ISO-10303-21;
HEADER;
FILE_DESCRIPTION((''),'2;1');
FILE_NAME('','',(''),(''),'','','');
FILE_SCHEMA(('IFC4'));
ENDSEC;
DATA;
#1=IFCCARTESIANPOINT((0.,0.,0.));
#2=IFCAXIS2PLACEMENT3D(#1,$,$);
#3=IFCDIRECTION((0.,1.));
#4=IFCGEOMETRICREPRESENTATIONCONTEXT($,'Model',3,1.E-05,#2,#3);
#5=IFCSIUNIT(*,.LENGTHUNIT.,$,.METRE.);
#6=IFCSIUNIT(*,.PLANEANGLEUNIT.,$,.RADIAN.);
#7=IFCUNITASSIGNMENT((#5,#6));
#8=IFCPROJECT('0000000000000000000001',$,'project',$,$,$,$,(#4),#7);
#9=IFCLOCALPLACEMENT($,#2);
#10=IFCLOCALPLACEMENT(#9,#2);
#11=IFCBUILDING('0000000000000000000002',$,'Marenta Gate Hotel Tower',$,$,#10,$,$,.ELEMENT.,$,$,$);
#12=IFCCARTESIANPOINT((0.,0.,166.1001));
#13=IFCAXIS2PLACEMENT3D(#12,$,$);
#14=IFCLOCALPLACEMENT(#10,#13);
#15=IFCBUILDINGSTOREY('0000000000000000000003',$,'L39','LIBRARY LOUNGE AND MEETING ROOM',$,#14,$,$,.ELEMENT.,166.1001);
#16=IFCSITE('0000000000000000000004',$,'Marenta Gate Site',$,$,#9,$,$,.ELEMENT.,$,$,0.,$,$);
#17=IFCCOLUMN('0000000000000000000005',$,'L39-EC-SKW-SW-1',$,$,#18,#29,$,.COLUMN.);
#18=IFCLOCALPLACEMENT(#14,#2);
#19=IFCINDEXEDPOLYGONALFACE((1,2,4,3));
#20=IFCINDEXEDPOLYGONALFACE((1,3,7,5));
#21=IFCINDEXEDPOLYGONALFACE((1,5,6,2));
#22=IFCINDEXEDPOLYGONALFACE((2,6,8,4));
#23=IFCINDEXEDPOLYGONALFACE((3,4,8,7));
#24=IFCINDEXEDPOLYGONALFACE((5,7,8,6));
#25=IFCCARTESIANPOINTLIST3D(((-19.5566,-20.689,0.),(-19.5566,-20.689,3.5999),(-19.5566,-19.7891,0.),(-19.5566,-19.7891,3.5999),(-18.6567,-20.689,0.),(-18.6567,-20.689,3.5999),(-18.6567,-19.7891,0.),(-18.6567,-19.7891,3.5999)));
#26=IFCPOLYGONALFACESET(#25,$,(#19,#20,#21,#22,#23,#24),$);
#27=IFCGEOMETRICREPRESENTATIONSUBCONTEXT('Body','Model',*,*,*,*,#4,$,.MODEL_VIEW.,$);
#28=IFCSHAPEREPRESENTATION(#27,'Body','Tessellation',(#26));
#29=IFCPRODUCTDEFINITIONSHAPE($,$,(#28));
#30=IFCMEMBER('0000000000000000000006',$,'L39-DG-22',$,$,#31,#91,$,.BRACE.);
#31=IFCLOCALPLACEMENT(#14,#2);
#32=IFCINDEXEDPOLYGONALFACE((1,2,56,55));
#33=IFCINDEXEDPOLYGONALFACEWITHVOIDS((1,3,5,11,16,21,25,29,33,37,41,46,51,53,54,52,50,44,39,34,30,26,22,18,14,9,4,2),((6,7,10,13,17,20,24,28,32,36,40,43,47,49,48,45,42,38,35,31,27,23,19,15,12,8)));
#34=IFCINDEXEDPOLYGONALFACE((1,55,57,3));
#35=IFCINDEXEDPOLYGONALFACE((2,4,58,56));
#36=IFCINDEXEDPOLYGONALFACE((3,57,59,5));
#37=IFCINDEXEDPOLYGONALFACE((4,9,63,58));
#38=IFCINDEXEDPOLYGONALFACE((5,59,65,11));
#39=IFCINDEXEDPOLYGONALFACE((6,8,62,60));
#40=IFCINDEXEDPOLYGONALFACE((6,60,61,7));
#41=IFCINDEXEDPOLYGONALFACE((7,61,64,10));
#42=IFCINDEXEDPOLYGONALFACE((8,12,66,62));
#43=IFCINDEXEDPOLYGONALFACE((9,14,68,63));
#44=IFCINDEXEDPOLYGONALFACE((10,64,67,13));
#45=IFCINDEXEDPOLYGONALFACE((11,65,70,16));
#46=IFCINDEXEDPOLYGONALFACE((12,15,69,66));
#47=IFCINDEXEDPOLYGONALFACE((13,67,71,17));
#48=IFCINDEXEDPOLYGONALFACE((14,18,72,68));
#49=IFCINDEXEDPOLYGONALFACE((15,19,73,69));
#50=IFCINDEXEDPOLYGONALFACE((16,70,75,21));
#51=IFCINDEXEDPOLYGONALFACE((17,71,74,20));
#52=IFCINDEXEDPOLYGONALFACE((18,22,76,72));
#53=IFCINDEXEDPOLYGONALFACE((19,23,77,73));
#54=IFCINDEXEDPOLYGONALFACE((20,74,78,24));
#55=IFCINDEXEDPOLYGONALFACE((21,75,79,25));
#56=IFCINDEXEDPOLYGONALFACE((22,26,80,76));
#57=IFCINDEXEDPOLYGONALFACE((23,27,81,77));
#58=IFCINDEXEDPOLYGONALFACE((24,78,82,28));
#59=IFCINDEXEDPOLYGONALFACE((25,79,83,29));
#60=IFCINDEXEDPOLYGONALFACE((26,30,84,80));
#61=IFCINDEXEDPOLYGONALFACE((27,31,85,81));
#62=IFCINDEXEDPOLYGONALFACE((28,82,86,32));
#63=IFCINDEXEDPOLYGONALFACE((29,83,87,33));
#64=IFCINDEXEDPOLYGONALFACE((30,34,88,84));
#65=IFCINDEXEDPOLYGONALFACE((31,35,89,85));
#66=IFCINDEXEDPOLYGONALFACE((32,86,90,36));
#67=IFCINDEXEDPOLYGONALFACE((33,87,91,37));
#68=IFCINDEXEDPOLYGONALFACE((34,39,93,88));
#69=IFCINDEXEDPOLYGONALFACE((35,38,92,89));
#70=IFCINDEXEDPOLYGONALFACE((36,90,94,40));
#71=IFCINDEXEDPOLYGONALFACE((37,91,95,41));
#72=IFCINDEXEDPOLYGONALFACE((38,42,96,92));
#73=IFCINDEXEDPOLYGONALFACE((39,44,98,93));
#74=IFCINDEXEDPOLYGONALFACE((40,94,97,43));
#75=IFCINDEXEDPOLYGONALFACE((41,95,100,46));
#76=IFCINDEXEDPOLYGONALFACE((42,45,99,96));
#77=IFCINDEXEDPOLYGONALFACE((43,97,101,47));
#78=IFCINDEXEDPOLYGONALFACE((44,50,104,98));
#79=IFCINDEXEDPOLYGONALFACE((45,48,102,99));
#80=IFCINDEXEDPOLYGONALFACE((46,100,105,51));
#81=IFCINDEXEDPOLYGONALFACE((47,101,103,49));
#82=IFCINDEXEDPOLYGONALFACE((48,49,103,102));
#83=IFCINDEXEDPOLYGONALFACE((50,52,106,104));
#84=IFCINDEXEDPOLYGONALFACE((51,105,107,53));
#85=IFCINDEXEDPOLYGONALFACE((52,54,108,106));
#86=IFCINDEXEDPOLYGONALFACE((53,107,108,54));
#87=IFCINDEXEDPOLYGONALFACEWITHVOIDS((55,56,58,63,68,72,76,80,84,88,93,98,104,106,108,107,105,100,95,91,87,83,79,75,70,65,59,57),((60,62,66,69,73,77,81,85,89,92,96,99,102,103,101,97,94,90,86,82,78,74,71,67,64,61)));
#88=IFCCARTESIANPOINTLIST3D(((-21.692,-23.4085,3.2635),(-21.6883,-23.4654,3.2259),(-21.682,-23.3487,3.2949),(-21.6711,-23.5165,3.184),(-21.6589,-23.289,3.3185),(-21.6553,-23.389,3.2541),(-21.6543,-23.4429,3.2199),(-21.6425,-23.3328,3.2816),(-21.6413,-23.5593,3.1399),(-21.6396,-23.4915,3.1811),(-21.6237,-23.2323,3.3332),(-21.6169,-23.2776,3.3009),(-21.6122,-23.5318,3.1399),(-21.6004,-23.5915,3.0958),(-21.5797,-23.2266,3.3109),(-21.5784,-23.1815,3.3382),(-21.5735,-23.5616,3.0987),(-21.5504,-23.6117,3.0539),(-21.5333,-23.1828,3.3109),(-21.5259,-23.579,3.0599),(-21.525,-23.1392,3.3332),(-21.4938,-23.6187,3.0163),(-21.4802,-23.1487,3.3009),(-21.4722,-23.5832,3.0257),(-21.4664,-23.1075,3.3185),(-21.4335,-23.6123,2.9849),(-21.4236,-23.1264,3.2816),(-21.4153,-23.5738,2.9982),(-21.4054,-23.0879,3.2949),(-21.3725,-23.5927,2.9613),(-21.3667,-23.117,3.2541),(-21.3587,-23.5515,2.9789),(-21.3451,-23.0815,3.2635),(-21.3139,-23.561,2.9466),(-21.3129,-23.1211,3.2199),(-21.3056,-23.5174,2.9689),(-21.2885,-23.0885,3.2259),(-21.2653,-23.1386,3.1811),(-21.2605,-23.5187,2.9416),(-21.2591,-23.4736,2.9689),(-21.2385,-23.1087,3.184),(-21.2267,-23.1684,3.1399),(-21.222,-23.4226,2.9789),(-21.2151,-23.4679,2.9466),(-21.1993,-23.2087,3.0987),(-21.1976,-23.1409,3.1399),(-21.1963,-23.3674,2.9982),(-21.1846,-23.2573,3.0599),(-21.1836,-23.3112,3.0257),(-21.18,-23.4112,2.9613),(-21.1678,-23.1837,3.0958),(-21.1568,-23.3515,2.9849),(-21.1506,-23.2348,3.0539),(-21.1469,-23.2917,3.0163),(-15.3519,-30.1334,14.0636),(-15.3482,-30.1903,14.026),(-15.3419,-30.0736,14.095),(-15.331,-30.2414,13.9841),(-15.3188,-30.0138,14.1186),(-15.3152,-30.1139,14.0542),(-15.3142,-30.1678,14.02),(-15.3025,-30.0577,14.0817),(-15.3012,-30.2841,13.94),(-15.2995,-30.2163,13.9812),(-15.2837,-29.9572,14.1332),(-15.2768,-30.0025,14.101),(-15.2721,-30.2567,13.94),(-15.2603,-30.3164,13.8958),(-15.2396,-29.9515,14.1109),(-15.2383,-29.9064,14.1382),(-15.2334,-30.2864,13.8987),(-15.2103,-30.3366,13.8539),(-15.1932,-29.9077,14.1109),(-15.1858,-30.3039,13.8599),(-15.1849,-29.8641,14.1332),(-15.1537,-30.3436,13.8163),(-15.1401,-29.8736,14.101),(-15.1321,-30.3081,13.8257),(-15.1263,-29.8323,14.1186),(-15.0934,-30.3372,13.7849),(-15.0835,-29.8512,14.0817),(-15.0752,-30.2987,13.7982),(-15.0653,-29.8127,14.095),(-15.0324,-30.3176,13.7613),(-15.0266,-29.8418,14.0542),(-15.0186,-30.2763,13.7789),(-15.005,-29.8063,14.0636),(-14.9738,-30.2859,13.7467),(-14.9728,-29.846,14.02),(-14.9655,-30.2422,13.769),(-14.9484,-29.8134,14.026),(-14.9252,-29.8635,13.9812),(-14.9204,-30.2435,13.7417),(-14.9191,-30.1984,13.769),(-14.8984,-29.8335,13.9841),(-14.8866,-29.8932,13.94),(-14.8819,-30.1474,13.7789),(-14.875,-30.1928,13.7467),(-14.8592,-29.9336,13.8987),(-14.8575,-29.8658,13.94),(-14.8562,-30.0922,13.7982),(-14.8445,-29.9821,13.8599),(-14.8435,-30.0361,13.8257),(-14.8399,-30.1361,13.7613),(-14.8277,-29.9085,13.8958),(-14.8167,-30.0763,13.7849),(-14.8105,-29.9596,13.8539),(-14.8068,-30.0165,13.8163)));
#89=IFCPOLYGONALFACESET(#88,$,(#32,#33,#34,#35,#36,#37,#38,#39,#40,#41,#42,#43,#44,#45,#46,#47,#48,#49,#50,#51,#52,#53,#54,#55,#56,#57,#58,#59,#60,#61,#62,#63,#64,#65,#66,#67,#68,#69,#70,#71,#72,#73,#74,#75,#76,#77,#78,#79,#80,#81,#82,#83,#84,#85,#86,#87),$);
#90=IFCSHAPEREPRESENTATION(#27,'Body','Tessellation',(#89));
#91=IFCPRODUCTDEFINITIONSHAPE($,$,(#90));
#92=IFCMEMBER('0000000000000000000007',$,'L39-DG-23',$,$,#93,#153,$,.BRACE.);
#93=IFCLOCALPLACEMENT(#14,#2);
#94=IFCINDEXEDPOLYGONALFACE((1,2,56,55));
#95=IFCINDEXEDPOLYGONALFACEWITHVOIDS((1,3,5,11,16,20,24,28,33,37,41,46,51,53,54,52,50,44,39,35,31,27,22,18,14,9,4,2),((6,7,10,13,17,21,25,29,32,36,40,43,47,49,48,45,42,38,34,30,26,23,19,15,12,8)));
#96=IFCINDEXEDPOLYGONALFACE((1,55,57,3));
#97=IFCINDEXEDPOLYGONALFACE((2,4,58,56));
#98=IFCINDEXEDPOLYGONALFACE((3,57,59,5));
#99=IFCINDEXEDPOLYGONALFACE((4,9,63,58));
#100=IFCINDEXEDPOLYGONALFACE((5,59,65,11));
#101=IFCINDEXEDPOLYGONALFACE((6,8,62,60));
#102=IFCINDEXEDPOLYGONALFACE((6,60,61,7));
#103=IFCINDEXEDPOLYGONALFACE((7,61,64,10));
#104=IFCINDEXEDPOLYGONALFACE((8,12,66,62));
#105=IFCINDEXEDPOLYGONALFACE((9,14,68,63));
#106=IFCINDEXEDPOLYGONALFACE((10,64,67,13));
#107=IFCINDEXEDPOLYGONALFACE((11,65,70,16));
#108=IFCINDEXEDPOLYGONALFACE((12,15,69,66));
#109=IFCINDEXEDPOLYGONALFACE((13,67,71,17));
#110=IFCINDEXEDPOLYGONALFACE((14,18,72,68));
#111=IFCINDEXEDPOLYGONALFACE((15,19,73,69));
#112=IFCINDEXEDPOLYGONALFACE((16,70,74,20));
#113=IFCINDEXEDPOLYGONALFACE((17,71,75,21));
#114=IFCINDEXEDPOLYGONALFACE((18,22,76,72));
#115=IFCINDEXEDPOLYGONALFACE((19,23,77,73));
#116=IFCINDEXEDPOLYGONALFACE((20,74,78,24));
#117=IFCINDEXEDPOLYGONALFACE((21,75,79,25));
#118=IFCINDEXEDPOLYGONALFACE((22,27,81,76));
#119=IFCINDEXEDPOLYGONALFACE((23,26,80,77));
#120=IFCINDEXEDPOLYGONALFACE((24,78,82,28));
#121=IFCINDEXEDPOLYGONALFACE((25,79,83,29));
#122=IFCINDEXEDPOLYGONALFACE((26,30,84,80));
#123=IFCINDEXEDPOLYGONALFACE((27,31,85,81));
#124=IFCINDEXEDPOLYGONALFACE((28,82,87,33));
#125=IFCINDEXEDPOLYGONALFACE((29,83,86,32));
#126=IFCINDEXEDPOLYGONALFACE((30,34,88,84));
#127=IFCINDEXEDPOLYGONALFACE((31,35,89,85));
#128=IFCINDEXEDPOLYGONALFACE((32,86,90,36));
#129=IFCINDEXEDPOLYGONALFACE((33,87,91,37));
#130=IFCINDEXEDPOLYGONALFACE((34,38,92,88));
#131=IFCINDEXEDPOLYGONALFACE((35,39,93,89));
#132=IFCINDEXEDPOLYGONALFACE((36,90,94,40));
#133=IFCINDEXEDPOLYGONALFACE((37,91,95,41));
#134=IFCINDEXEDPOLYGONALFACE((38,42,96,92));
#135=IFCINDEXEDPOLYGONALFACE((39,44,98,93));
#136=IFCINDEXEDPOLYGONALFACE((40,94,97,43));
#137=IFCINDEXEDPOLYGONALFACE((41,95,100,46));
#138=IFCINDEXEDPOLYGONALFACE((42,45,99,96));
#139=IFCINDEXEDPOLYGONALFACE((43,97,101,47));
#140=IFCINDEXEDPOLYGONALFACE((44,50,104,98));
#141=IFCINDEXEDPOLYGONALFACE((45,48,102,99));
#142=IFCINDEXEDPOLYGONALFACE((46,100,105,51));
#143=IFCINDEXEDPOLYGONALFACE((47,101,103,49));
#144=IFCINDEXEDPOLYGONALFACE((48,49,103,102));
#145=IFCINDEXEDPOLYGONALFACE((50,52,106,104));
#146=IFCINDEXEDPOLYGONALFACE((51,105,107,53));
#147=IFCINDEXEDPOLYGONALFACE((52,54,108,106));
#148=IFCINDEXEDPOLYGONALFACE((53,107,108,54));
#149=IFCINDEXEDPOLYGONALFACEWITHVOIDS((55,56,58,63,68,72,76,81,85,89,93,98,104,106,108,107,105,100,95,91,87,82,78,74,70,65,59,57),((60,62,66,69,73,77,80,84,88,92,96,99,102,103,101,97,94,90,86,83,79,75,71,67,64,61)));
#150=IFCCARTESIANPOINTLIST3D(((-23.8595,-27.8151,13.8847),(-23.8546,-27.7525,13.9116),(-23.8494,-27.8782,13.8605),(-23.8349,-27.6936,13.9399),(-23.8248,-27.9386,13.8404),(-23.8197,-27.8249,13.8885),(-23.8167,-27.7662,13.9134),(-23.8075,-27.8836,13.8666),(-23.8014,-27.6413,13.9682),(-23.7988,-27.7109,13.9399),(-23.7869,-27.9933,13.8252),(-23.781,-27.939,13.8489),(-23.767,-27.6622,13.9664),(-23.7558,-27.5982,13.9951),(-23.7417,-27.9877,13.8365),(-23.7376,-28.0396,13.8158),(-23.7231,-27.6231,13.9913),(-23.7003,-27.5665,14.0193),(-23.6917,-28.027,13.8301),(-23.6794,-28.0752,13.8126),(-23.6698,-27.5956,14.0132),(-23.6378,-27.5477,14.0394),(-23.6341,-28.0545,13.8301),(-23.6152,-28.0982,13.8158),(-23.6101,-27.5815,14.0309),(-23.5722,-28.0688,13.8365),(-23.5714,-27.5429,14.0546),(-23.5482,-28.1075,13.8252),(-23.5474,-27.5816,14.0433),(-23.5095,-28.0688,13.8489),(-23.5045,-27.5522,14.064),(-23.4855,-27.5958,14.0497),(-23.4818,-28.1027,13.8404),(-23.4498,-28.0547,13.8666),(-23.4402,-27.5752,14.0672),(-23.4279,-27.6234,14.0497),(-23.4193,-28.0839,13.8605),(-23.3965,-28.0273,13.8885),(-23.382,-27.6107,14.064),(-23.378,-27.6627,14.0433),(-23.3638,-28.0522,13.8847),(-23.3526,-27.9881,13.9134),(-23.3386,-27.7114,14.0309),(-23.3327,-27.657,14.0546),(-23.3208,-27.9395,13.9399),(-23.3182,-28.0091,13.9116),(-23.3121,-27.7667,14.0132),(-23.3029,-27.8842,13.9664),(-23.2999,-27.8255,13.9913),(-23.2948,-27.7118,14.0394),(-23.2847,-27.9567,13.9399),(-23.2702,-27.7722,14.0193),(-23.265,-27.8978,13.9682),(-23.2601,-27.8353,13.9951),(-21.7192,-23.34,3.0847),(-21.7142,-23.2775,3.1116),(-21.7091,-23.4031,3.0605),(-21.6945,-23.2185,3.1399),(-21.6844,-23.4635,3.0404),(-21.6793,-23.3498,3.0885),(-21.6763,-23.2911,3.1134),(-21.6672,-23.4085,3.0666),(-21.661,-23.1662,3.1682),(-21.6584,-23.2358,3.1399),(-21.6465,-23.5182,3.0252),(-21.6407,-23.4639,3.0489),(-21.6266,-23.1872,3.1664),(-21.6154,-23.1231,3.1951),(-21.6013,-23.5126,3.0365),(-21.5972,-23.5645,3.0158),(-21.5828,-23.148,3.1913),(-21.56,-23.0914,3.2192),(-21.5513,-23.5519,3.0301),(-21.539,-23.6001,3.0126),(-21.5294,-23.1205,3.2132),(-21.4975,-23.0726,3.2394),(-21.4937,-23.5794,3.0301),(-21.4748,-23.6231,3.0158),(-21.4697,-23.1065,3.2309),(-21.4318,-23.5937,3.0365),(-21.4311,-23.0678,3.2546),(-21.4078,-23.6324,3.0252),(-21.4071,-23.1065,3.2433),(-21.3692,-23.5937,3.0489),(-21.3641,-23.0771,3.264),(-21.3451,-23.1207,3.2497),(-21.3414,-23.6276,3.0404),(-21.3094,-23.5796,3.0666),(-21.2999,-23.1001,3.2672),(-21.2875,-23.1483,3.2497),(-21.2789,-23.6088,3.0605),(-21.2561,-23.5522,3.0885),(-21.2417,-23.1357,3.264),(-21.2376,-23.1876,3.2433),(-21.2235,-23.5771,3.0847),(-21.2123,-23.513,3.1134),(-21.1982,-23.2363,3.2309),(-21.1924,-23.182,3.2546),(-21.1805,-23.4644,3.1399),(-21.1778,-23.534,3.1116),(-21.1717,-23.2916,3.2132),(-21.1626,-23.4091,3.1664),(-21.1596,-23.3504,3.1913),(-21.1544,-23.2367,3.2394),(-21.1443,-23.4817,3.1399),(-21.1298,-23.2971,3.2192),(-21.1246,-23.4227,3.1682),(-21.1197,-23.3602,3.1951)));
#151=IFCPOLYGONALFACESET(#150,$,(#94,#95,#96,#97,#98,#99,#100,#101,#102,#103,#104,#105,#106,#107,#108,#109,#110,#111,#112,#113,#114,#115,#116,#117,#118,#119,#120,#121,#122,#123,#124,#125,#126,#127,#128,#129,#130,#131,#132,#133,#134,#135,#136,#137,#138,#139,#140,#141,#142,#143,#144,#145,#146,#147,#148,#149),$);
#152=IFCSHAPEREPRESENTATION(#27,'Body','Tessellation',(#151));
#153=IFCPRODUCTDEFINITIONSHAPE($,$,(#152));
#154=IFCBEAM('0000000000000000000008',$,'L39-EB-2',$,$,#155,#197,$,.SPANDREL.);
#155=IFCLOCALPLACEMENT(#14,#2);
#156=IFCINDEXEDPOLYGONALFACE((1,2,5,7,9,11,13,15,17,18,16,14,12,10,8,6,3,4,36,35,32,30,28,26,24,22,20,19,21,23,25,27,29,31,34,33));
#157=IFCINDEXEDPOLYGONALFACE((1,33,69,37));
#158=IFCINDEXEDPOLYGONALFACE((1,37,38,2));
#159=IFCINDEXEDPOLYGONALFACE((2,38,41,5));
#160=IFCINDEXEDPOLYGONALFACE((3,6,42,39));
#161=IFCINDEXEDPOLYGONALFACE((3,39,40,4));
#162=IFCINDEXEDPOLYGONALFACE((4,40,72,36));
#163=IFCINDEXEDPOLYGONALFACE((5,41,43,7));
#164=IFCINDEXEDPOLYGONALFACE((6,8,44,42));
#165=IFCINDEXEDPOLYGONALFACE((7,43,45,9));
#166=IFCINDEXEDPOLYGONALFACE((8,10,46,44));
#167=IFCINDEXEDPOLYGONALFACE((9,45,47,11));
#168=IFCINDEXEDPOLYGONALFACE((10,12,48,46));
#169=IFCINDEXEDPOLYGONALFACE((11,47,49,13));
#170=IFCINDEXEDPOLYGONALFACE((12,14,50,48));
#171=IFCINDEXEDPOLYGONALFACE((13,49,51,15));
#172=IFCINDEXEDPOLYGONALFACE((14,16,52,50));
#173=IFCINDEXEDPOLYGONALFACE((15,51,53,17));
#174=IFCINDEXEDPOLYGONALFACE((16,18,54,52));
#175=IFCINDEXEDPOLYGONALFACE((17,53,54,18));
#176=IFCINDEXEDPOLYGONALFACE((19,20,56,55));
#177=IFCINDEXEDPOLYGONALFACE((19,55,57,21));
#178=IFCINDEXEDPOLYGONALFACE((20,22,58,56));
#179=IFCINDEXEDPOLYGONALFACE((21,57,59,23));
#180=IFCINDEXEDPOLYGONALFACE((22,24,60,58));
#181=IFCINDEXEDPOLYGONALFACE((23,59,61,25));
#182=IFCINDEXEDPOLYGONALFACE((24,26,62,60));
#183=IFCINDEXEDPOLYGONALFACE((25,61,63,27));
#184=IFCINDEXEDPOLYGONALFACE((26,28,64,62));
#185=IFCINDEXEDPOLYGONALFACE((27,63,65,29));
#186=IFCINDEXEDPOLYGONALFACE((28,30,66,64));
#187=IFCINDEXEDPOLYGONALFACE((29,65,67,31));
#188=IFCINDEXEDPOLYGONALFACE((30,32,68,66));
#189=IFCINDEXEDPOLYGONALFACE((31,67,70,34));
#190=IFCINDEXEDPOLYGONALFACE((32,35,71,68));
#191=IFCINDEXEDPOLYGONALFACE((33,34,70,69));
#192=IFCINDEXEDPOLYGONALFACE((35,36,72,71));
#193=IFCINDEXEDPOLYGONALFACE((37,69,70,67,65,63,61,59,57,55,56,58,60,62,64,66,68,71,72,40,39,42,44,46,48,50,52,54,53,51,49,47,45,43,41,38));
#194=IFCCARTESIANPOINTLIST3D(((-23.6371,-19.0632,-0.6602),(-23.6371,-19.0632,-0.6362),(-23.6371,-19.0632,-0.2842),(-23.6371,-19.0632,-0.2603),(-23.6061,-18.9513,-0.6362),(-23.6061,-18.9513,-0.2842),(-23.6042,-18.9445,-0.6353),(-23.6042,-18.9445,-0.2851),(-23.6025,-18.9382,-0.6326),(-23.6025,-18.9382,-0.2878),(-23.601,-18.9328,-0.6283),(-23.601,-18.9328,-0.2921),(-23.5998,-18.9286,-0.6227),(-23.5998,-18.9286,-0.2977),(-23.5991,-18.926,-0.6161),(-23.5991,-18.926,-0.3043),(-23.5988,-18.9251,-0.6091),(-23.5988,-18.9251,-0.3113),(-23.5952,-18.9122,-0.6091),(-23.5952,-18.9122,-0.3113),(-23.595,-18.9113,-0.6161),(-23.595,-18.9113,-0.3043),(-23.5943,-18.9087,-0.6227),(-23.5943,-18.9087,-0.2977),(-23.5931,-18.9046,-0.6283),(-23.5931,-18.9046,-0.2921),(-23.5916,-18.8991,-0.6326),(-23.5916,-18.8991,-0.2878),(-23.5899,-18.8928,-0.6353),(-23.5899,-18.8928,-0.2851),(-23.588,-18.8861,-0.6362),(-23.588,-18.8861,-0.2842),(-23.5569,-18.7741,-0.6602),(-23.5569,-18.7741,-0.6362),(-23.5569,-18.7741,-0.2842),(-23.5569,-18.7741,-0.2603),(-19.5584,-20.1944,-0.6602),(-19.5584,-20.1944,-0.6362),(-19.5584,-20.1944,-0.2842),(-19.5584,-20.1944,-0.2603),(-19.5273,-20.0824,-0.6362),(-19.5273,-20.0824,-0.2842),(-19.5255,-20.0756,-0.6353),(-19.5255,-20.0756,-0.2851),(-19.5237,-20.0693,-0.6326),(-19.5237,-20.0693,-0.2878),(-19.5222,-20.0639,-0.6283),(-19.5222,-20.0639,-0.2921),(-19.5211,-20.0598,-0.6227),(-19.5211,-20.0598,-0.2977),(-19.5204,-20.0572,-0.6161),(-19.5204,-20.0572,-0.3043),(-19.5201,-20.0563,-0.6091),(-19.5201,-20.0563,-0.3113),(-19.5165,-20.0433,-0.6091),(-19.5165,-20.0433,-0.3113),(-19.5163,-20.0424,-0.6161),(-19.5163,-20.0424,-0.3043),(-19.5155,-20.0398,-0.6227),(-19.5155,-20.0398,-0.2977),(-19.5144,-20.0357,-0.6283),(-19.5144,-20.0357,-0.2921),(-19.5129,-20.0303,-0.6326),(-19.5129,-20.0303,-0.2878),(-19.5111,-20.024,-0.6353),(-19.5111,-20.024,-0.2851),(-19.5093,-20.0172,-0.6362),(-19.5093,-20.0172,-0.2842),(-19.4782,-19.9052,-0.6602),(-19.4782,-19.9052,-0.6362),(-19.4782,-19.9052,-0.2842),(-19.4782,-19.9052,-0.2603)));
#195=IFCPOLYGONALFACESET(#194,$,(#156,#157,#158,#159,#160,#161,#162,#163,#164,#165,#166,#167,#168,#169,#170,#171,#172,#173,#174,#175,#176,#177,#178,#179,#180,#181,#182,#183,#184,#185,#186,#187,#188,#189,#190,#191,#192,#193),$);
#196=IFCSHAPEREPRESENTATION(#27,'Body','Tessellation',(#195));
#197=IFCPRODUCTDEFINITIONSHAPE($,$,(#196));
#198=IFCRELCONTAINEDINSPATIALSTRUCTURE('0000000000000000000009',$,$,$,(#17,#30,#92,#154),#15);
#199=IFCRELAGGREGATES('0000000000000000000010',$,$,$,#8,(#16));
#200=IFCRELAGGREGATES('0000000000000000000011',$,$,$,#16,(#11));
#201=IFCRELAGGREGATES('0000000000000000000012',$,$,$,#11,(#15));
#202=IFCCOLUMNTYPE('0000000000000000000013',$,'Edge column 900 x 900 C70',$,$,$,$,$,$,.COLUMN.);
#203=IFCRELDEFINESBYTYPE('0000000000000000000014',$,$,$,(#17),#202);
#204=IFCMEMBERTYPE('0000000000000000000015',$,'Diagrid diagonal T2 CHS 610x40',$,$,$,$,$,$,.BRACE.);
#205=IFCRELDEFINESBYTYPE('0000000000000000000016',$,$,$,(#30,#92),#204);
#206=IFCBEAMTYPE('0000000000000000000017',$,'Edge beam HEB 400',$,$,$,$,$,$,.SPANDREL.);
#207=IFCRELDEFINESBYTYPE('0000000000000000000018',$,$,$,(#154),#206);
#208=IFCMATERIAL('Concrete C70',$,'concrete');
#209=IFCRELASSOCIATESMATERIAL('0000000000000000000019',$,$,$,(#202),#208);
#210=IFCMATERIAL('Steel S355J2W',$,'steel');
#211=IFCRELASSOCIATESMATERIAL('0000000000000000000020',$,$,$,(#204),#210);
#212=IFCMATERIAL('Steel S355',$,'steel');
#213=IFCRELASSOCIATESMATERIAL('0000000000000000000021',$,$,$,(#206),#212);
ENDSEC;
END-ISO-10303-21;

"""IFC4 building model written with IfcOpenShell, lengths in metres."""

from ifc_helpers import new_model, si_unit, direction, frame, origin, origin_2d, place, context, subcontext, project, spatial, rectangle, hollow_circle, i_section, extrude, material, material_profile, profile_set, type_object, element, save


model = new_model("IFC4")

# Units and contexts
model_context = context("Model", 3, precision=1e-05, world=origin(), true_north=direction((0.0, 1.0)))
body_context = subcontext(model_context, "Body", "Model", "MODEL_VIEW")
ifc_project = project(units=[si_unit("LENGTHUNIT", "METRE"), si_unit("PLANEANGLEUNIT", "RADIAN")], contexts=[model_context])

# Site, building, storey
site_placement = place(None, origin())
site = spatial("IfcSite", under=ifc_project, at=site_placement, Name="Marenta Gate Site", CompositionType="ELEMENT", RefElevation=0.0)
building_placement = place(site_placement, origin())
building = spatial("IfcBuilding", under=site, at=building_placement, Name="Marenta Gate Hotel Tower", CompositionType="ELEMENT")
storey_placement = place(building_placement, frame((0.0, 0.0, 166.1001)))
storey = spatial("IfcBuildingStorey", under=building, at=storey_placement, Name="L39", Description="LIBRARY LOUNGE AND MEETING ROOM", CompositionType="ELEMENT", Elevation=166.1001)

# Column
ifc_material_1 = material(Name="Concrete C70", Category="concrete")
ifc_material_profile_1 = material_profile(ifc_material_1, rectangle(XDim=0.8999, YDim=0.8999, at=origin_2d()), Name="900 x 900")
ifc_profile_set_1 = profile_set([ifc_material_profile_1], Name="Concrete C70")
column_type = type_object("IfcColumnType", Name="Edge column 900 x 900 C70", PredefinedType="COLUMN", material=ifc_profile_set_1)
column_placement = place(storey_placement, frame((-19.1067, -20.239, 0.0), z_axis=(0.0, 0.0, 1.0), x_axis=(1.0, 0.0, 0.0)))
element("IfcColumn", 1, at=column_placement, inside=storey, type_object=column_type, Name="L39-EC-SKW-SW-1", PredefinedType="COLUMN", context=body_context, shape_type="SweptSolid", body=[
    extrude(rectangle(XDim=0.8999, YDim=0.8999, at=origin_2d()), origin(), (0.0, 0.0, 1.0), 3.5999),
])

# Members
ifc_material_2 = material(Name="Steel S355J2W", Category="steel")
ifc_material_profile_2 = material_profile(ifc_material_2, hollow_circle(Radius=0.3049, WallThickness=0.04, at=origin_2d()), Name="CHS 610x40")
ifc_profile_set_2 = profile_set([ifc_material_profile_2], Name="Steel S355J2W")
member_type_1 = type_object("IfcMemberType", Name="Diagrid diagonal T2 CHS 610x40", PredefinedType="BRACE", material=ifc_profile_set_2)
member_1_placement = place(storey_placement, frame((-21.4194, -23.3501, 3.1399), z_axis=(0.446019, -0.473087, 0.759773), x_axis=(0.727616, 0.685985, 0.0)))
element("IfcMember", 2, at=member_1_placement, inside=storey, type_object=member_type_1, Name="L39-DG-22", PredefinedType="BRACE", context=body_context, shape_type="SweptSolid", body=[
    extrude(hollow_circle(Radius=0.3049, WallThickness=0.04, at=origin_2d()), origin(), (0.0, 0.0, 1.0), 14.2148),
])
member_2_placement = place(storey_placement, frame((-21.4194, -23.3501, 3.1399), z_axis=(-0.180094, -0.376539, 0.908727), x_axis=(0.902125, -0.431475, 0.0)))
element("IfcMember", 3, at=member_2_placement, inside=storey, type_object=member_type_1, Name="L39-DG-23", PredefinedType="BRACE", context=body_context, shape_type="SweptSolid", body=[
    extrude(hollow_circle(Radius=0.3049, WallThickness=0.04, at=origin_2d()), origin(), (0.0, 0.0, 1.0), 11.8848),
])

# Beam
ifc_material_3 = material(Name="Steel S355", Category="steel")
ifc_material_profile_3 = material_profile(ifc_material_3, i_section(OverallWidth=0.3, OverallDepth=0.3999, WebThickness=0.0134, FlangeThickness=0.0239, FilletRadius=0.0271, at=origin_2d()), Name="HEB 400")
ifc_profile_set_3 = profile_set([ifc_material_profile_3], Name="Steel S355")
beam_type_1 = type_object("IfcBeamType", Name="Edge beam HEB 400", PredefinedType="SPANDREL", material=ifc_profile_set_3)
beam_1_placement = place(storey_placement, frame((-19.5183, -20.0498, -0.4602), z_axis=(-0.96363, 0.267239, 0.0), x_axis=(-0.267239, -0.96363, 0.0)))
element("IfcBeam", 4, at=beam_1_placement, inside=storey, type_object=beam_type_1, Name="L39-EB-2", PredefinedType="SPANDREL", context=body_context, shape_type="SweptSolid", body=[
    extrude(i_section(OverallWidth=0.3, OverallDepth=0.3999, WebThickness=0.0134, FlangeThickness=0.0239, FilletRadius=0.0271, at=origin_2d()), origin(), (0.0, 0.0, 1.0), 4.2327),
])

save(model, "model.ifc")
